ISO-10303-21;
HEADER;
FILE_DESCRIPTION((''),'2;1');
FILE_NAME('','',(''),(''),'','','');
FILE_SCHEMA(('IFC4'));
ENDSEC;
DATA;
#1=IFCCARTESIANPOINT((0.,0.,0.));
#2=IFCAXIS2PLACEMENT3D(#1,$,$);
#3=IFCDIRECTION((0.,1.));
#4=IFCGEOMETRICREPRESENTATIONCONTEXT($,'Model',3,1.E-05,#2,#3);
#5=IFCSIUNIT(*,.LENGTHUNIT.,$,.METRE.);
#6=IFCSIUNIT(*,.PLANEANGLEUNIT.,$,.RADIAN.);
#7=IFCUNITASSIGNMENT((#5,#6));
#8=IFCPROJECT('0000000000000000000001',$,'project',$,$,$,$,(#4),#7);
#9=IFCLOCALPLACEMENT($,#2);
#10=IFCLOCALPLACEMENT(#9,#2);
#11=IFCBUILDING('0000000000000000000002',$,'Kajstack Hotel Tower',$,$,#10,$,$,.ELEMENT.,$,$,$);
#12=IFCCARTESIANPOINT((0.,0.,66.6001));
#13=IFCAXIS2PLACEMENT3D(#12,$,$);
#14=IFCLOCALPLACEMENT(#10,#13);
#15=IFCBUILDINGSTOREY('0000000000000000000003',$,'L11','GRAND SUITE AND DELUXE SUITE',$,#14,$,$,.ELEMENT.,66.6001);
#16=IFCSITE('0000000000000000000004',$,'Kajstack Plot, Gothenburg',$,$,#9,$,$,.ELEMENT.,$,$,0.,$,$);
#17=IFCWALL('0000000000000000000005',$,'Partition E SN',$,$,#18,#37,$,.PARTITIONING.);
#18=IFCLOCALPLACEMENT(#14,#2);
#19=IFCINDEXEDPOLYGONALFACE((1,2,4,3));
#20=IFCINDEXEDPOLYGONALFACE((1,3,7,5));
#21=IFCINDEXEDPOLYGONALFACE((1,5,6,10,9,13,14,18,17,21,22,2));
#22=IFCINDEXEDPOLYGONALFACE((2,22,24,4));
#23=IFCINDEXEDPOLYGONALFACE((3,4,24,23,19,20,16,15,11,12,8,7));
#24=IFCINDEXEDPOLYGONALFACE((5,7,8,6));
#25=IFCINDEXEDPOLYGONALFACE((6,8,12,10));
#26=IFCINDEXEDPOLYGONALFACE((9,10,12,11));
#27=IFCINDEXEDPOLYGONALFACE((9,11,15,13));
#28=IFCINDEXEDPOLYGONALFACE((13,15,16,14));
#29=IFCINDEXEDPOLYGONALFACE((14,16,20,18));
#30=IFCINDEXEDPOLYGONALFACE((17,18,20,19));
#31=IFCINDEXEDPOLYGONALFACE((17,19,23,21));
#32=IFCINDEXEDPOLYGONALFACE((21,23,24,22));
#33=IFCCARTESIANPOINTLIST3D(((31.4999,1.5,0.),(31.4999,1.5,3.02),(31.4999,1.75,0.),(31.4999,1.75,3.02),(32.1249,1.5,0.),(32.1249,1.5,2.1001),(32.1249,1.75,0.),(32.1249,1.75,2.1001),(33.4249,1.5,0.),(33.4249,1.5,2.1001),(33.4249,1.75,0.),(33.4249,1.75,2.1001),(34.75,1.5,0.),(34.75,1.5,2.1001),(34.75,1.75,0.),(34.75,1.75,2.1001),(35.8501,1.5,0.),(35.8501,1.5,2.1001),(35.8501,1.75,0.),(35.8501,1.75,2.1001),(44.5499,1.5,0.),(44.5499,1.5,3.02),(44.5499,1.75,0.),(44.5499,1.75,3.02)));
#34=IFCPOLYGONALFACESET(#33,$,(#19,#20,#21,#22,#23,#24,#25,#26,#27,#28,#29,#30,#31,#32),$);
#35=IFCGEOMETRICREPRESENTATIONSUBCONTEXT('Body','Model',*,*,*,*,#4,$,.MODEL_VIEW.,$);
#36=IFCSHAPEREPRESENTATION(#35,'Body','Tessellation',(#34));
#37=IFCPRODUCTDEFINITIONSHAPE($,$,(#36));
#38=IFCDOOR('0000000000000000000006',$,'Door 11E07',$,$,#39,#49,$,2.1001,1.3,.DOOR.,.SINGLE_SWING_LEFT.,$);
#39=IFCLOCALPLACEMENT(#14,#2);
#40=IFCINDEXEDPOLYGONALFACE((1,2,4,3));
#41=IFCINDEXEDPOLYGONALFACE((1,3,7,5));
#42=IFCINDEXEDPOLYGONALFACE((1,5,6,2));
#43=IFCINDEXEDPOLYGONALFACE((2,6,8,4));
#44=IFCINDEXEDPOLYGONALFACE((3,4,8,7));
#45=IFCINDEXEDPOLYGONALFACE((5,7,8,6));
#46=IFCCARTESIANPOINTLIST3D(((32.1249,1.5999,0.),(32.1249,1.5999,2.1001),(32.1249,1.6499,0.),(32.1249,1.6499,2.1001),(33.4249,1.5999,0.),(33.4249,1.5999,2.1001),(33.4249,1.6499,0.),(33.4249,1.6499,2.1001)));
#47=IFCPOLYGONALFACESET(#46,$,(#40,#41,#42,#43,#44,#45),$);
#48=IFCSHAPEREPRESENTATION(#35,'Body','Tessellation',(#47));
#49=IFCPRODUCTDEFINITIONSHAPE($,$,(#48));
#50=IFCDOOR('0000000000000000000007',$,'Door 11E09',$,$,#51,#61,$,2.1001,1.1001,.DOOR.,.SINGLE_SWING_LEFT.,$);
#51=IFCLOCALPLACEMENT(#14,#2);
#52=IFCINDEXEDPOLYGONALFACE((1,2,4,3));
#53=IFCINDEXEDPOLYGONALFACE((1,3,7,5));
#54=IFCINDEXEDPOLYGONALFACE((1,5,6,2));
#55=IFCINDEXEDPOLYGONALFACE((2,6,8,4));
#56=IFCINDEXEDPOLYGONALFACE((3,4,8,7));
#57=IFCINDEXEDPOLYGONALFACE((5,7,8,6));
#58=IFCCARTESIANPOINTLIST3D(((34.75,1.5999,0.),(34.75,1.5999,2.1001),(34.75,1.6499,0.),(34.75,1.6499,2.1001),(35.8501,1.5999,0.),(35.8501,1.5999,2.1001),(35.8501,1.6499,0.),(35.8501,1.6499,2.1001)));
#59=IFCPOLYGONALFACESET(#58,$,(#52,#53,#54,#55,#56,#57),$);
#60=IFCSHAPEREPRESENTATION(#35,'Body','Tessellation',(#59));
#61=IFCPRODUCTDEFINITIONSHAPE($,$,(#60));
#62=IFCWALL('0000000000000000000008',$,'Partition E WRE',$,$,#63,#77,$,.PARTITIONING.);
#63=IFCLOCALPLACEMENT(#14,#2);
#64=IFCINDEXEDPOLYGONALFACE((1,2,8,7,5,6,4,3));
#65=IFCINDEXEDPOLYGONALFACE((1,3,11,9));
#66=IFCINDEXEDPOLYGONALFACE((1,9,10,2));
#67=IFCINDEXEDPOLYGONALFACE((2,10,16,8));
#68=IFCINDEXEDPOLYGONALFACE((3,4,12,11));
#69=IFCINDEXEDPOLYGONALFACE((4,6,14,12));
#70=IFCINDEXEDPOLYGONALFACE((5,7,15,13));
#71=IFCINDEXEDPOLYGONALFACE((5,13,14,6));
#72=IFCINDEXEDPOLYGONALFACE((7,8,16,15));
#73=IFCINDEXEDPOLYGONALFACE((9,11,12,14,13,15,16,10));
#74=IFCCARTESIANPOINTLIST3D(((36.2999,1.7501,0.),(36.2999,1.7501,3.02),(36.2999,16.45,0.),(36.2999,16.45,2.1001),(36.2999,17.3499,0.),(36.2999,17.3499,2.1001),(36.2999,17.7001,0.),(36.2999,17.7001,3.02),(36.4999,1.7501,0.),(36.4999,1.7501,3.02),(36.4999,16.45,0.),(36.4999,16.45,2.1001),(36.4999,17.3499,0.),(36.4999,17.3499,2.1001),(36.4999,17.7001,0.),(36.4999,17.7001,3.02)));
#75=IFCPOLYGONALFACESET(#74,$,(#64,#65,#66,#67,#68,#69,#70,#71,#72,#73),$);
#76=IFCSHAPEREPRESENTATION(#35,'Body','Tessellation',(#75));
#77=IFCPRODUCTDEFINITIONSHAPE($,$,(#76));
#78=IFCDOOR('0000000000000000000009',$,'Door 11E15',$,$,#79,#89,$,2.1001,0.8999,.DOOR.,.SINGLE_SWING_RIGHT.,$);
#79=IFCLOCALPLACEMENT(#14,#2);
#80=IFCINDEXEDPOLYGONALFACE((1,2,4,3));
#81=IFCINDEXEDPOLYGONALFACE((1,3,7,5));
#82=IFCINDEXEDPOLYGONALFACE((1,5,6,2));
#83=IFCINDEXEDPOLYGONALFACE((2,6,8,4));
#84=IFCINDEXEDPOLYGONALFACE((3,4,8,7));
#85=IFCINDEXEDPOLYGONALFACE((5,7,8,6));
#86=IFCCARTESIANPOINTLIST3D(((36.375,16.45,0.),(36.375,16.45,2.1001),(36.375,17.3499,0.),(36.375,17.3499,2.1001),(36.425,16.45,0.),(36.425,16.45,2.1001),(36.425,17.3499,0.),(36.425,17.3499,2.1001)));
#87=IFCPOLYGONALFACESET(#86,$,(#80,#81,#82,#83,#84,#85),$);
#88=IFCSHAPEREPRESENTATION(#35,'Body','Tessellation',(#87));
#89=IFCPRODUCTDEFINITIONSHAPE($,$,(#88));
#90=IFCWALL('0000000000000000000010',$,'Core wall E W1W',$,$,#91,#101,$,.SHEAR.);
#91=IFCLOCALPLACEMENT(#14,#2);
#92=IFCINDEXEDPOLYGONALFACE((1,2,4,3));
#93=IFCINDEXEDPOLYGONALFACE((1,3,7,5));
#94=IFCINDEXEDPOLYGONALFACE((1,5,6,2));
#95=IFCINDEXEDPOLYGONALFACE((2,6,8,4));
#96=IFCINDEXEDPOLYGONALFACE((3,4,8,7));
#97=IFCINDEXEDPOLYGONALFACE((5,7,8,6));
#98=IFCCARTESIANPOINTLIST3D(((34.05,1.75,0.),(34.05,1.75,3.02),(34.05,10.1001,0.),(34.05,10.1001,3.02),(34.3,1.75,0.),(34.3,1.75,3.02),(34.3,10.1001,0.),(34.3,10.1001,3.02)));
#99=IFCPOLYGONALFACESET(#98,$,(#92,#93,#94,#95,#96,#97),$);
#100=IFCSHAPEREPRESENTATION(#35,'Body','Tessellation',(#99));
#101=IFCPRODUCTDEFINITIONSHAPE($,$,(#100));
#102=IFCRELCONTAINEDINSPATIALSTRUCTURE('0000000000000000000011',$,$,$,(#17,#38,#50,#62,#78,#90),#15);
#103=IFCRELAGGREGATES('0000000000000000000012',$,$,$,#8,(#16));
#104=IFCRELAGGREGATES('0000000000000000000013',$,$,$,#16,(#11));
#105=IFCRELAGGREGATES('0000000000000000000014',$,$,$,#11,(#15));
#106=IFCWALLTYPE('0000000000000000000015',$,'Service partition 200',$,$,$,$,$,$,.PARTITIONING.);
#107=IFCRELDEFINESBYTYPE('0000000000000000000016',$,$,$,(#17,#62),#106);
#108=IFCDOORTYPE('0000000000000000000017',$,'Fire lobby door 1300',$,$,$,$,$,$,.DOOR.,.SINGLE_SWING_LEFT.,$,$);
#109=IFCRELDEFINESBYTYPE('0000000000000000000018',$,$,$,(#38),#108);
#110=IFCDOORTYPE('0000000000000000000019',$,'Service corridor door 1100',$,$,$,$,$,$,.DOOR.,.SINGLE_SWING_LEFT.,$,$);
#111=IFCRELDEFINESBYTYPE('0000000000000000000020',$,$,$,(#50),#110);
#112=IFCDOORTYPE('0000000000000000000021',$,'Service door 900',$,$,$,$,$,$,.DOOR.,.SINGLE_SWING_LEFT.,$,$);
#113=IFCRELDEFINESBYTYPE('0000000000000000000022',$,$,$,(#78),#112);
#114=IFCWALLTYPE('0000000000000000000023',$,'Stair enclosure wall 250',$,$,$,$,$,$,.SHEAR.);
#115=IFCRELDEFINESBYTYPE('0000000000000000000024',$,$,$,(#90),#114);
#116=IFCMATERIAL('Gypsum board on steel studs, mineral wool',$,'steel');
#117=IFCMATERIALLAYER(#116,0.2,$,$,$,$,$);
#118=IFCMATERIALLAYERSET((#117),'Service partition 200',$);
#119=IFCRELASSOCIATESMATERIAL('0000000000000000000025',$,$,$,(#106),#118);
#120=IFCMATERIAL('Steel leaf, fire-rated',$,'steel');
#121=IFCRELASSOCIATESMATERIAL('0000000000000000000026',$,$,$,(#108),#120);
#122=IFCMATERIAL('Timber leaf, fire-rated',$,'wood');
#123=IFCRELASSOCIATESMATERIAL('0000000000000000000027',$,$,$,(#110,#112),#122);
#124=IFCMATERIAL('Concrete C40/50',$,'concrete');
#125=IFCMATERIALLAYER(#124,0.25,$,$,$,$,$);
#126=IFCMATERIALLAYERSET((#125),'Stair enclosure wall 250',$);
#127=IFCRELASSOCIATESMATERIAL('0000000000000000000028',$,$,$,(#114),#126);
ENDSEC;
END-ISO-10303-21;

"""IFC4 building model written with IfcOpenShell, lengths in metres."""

from ifc_helpers import new_model, si_unit, direction, frame, frame_2d, origin, place, context, subcontext, project, spatial, rectangle, extrude, material, layer, layer_set, type_object, element, fill, save


model = new_model("IFC4")

# Units and contexts
model_context = context("Model", 3, precision=1e-05, world=origin(), true_north=direction((0.0, 1.0)))
body_context = subcontext(model_context, "Body", "Model", "MODEL_VIEW")
ifc_project = project(units=[si_unit("LENGTHUNIT", "METRE"), si_unit("PLANEANGLEUNIT", "RADIAN")], contexts=[model_context])

# Site, building, storey
site_placement = place(None, origin())
site = spatial("IfcSite", under=ifc_project, at=site_placement, Name="Kajstack Plot, Gothenburg", CompositionType="ELEMENT", RefElevation=0.0)
building_placement = place(site_placement, origin())
building = spatial("IfcBuilding", under=site, at=building_placement, Name="Kajstack Hotel Tower", CompositionType="ELEMENT")
storey_placement = place(building_placement, frame((0.0, 0.0, 66.6001)))
storey = spatial("IfcBuildingStorey", under=building, at=storey_placement, Name="L11", Description="GRAND SUITE AND DELUXE SUITE", CompositionType="ELEMENT", Elevation=66.6001)

# Wall, openings, doors
ifc_material_1 = material(Name="Gypsum board on steel studs, mineral wool", Category="steel")
ifc_layer_1 = layer(ifc_material_1, 0.2)
ifc_layer_set_1 = layer_set([ifc_layer_1], Name="Service partition 200")
wall_type_1 = type_object("IfcWallType", Name="Service partition 200", PredefinedType="PARTITIONING", material=ifc_layer_set_1)
wall_1_placement = place(storey_placement, frame((31.5, 1.625, 0.0), z_axis=(0.0, 0.0, 1.0), x_axis=(1.0, 0.0, 0.0)))
wall_1 = element("IfcWall", 1, at=wall_1_placement, inside=storey, type_object=wall_type_1, Name="Partition E SN", PredefinedType="PARTITIONING", context=body_context, shape_type="SweptSolid", body=[
    extrude(rectangle(XDim=13.05, YDim=0.25, at=frame_2d((6.5249, 0.0))), origin(), (0.0, 0.0, 1.0), 3.02),
])
opening_1_placement = place(wall_1_placement, frame((0.625, 0.0, 0.0)))
opening_1 = element("IfcOpeningElement", 2, at=opening_1_placement, cuts=wall_1, PredefinedType="OPENING", context=body_context, shape_type="SweptSolid", body=[
    extrude(rectangle(XDim=1.3, YDim=2.1001, at=frame_2d((0.6499, 1.05))), frame((0.0, 0.135, 0.0), z_axis=(0.0, -1.0, 0.0), x_axis=(1.0, 0.0, 0.0)), (0.0, 0.0, 1.0), 0.27),
])
opening_2_placement = place(wall_1_placement, frame((3.25, 0.0, 0.0)))
opening_2 = element("IfcOpeningElement", 3, at=opening_2_placement, cuts=wall_1, PredefinedType="OPENING", context=body_context, shape_type="SweptSolid", body=[
    extrude(rectangle(XDim=1.1001, YDim=2.1001, at=frame_2d((0.55, 1.05))), frame((0.0, 0.135, 0.0), z_axis=(0.0, -1.0, 0.0), x_axis=(1.0, 0.0, 0.0)), (0.0, 0.0, 1.0), 0.27),
])
ifc_material_2 = material(Name="Steel leaf, fire-rated", Category="steel")
door_type_1 = type_object("IfcDoorType", Name="Fire lobby door 1300", OperationType="SINGLE_SWING_LEFT", PredefinedType="DOOR", material=ifc_material_2)
door_1_placement = place(opening_1_placement, origin())
door_1 = element("IfcDoor", 4, at=door_1_placement, inside=storey, type_object=door_type_1, Name="Door 11E07", OperationType="SINGLE_SWING_LEFT", OverallHeight=2.1001, OverallWidth=1.3, PredefinedType="DOOR", context=body_context, shape_type="SweptSolid", body=[
    extrude(rectangle(XDim=1.3, YDim=2.1001, at=frame_2d((0.6499, 1.05))), frame((0.0, 0.0249, 0.0), z_axis=(0.0, -1.0, 0.0), x_axis=(1.0, 0.0, 0.0)), (0.0, 0.0, 1.0), 0.05),
])
fill(opening_1, door_1)
ifc_material_3 = material(Name="Timber leaf, fire-rated", Category="wood")
door_type_2 = type_object("IfcDoorType", Name="Service corridor door 1100", OperationType="SINGLE_SWING_LEFT", PredefinedType="DOOR", material=ifc_material_3)
door_2_placement = place(opening_2_placement, origin())
door_2 = element("IfcDoor", 5, at=door_2_placement, inside=storey, type_object=door_type_2, Name="Door 11E09", OperationType="SINGLE_SWING_LEFT", OverallHeight=2.1001, OverallWidth=1.1001, PredefinedType="DOOR", context=body_context, shape_type="SweptSolid", body=[
    extrude(rectangle(XDim=1.1001, YDim=2.1001, at=frame_2d((0.55, 1.05))), frame((0.0, 0.0249, 0.0), z_axis=(0.0, -1.0, 0.0), x_axis=(1.0, 0.0, 0.0)), (0.0, 0.0, 1.0), 0.05),
])
fill(opening_2, door_2)

# Wall, opening, door
wall_2_placement = place(storey_placement, frame((36.3999, 1.75, 0.0), z_axis=(0.0, 0.0, 1.0), x_axis=(0.0, 1.0, 0.0)))
wall_2 = element("IfcWall", 6, at=wall_2_placement, inside=storey, type_object=wall_type_1, Name="Partition E WRE", PredefinedType="PARTITIONING", context=body_context, shape_type="SweptSolid", body=[
    extrude(rectangle(XDim=15.95, YDim=0.2, at=frame_2d((7.9751, 0.0))), origin(), (0.0, 0.0, 1.0), 3.02),
])
opening_3_placement = place(wall_2_placement, frame((14.7, 0.0, 0.0)))
opening_3 = element("IfcOpeningElement", 7, at=opening_3_placement, cuts=wall_2, PredefinedType="OPENING", context=body_context, shape_type="SweptSolid", body=[
    extrude(rectangle(XDim=0.8999, YDim=2.1001, at=frame_2d((0.45, 1.05))), frame((0.0, 0.1099, 0.0), z_axis=(0.0, -1.0, 0.0), x_axis=(1.0, 0.0, 0.0)), (0.0, 0.0, 1.0), 0.22),
])
door_type_3 = type_object("IfcDoorType", Name="Service door 900", OperationType="SINGLE_SWING_LEFT", PredefinedType="DOOR", material=ifc_material_3)
door_3_placement = place(opening_3_placement, origin())
door_3 = element("IfcDoor", 8, at=door_3_placement, inside=storey, type_object=door_type_3, Name="Door 11E15", OperationType="SINGLE_SWING_RIGHT", OverallHeight=2.1001, OverallWidth=0.8999, PredefinedType="DOOR", context=body_context, shape_type="SweptSolid", body=[
    extrude(rectangle(XDim=0.8999, YDim=2.1001, at=frame_2d((0.45, 1.05))), frame((0.0, 0.0249, 0.0), z_axis=(0.0, -1.0, 0.0), x_axis=(1.0, 0.0, 0.0)), (0.0, 0.0, 1.0), 0.05),
])
fill(opening_3, door_3)

# Wall
ifc_material_4 = material(Name="Concrete C40/50", Category="concrete")
ifc_layer_2 = layer(ifc_material_4, 0.25)
ifc_layer_set_2 = layer_set([ifc_layer_2], Name="Stair enclosure wall 250")
wall_type_2 = type_object("IfcWallType", Name="Stair enclosure wall 250", PredefinedType="SHEAR", material=ifc_layer_set_2)
wall_3_placement = place(storey_placement, frame((34.175, 1.75, 0.0), z_axis=(0.0, 0.0, 1.0), x_axis=(0.0, 1.0, 0.0)))
element("IfcWall", 9, at=wall_3_placement, inside=storey, type_object=wall_type_2, Name="Core wall E W1W", PredefinedType="SHEAR", context=body_context, shape_type="SweptSolid", body=[
    extrude(rectangle(XDim=8.3501, YDim=0.25, at=frame_2d((4.175, 0.0))), origin(), (0.0, 0.0, 1.0), 3.02),
])

save(model, "model.ifc")
